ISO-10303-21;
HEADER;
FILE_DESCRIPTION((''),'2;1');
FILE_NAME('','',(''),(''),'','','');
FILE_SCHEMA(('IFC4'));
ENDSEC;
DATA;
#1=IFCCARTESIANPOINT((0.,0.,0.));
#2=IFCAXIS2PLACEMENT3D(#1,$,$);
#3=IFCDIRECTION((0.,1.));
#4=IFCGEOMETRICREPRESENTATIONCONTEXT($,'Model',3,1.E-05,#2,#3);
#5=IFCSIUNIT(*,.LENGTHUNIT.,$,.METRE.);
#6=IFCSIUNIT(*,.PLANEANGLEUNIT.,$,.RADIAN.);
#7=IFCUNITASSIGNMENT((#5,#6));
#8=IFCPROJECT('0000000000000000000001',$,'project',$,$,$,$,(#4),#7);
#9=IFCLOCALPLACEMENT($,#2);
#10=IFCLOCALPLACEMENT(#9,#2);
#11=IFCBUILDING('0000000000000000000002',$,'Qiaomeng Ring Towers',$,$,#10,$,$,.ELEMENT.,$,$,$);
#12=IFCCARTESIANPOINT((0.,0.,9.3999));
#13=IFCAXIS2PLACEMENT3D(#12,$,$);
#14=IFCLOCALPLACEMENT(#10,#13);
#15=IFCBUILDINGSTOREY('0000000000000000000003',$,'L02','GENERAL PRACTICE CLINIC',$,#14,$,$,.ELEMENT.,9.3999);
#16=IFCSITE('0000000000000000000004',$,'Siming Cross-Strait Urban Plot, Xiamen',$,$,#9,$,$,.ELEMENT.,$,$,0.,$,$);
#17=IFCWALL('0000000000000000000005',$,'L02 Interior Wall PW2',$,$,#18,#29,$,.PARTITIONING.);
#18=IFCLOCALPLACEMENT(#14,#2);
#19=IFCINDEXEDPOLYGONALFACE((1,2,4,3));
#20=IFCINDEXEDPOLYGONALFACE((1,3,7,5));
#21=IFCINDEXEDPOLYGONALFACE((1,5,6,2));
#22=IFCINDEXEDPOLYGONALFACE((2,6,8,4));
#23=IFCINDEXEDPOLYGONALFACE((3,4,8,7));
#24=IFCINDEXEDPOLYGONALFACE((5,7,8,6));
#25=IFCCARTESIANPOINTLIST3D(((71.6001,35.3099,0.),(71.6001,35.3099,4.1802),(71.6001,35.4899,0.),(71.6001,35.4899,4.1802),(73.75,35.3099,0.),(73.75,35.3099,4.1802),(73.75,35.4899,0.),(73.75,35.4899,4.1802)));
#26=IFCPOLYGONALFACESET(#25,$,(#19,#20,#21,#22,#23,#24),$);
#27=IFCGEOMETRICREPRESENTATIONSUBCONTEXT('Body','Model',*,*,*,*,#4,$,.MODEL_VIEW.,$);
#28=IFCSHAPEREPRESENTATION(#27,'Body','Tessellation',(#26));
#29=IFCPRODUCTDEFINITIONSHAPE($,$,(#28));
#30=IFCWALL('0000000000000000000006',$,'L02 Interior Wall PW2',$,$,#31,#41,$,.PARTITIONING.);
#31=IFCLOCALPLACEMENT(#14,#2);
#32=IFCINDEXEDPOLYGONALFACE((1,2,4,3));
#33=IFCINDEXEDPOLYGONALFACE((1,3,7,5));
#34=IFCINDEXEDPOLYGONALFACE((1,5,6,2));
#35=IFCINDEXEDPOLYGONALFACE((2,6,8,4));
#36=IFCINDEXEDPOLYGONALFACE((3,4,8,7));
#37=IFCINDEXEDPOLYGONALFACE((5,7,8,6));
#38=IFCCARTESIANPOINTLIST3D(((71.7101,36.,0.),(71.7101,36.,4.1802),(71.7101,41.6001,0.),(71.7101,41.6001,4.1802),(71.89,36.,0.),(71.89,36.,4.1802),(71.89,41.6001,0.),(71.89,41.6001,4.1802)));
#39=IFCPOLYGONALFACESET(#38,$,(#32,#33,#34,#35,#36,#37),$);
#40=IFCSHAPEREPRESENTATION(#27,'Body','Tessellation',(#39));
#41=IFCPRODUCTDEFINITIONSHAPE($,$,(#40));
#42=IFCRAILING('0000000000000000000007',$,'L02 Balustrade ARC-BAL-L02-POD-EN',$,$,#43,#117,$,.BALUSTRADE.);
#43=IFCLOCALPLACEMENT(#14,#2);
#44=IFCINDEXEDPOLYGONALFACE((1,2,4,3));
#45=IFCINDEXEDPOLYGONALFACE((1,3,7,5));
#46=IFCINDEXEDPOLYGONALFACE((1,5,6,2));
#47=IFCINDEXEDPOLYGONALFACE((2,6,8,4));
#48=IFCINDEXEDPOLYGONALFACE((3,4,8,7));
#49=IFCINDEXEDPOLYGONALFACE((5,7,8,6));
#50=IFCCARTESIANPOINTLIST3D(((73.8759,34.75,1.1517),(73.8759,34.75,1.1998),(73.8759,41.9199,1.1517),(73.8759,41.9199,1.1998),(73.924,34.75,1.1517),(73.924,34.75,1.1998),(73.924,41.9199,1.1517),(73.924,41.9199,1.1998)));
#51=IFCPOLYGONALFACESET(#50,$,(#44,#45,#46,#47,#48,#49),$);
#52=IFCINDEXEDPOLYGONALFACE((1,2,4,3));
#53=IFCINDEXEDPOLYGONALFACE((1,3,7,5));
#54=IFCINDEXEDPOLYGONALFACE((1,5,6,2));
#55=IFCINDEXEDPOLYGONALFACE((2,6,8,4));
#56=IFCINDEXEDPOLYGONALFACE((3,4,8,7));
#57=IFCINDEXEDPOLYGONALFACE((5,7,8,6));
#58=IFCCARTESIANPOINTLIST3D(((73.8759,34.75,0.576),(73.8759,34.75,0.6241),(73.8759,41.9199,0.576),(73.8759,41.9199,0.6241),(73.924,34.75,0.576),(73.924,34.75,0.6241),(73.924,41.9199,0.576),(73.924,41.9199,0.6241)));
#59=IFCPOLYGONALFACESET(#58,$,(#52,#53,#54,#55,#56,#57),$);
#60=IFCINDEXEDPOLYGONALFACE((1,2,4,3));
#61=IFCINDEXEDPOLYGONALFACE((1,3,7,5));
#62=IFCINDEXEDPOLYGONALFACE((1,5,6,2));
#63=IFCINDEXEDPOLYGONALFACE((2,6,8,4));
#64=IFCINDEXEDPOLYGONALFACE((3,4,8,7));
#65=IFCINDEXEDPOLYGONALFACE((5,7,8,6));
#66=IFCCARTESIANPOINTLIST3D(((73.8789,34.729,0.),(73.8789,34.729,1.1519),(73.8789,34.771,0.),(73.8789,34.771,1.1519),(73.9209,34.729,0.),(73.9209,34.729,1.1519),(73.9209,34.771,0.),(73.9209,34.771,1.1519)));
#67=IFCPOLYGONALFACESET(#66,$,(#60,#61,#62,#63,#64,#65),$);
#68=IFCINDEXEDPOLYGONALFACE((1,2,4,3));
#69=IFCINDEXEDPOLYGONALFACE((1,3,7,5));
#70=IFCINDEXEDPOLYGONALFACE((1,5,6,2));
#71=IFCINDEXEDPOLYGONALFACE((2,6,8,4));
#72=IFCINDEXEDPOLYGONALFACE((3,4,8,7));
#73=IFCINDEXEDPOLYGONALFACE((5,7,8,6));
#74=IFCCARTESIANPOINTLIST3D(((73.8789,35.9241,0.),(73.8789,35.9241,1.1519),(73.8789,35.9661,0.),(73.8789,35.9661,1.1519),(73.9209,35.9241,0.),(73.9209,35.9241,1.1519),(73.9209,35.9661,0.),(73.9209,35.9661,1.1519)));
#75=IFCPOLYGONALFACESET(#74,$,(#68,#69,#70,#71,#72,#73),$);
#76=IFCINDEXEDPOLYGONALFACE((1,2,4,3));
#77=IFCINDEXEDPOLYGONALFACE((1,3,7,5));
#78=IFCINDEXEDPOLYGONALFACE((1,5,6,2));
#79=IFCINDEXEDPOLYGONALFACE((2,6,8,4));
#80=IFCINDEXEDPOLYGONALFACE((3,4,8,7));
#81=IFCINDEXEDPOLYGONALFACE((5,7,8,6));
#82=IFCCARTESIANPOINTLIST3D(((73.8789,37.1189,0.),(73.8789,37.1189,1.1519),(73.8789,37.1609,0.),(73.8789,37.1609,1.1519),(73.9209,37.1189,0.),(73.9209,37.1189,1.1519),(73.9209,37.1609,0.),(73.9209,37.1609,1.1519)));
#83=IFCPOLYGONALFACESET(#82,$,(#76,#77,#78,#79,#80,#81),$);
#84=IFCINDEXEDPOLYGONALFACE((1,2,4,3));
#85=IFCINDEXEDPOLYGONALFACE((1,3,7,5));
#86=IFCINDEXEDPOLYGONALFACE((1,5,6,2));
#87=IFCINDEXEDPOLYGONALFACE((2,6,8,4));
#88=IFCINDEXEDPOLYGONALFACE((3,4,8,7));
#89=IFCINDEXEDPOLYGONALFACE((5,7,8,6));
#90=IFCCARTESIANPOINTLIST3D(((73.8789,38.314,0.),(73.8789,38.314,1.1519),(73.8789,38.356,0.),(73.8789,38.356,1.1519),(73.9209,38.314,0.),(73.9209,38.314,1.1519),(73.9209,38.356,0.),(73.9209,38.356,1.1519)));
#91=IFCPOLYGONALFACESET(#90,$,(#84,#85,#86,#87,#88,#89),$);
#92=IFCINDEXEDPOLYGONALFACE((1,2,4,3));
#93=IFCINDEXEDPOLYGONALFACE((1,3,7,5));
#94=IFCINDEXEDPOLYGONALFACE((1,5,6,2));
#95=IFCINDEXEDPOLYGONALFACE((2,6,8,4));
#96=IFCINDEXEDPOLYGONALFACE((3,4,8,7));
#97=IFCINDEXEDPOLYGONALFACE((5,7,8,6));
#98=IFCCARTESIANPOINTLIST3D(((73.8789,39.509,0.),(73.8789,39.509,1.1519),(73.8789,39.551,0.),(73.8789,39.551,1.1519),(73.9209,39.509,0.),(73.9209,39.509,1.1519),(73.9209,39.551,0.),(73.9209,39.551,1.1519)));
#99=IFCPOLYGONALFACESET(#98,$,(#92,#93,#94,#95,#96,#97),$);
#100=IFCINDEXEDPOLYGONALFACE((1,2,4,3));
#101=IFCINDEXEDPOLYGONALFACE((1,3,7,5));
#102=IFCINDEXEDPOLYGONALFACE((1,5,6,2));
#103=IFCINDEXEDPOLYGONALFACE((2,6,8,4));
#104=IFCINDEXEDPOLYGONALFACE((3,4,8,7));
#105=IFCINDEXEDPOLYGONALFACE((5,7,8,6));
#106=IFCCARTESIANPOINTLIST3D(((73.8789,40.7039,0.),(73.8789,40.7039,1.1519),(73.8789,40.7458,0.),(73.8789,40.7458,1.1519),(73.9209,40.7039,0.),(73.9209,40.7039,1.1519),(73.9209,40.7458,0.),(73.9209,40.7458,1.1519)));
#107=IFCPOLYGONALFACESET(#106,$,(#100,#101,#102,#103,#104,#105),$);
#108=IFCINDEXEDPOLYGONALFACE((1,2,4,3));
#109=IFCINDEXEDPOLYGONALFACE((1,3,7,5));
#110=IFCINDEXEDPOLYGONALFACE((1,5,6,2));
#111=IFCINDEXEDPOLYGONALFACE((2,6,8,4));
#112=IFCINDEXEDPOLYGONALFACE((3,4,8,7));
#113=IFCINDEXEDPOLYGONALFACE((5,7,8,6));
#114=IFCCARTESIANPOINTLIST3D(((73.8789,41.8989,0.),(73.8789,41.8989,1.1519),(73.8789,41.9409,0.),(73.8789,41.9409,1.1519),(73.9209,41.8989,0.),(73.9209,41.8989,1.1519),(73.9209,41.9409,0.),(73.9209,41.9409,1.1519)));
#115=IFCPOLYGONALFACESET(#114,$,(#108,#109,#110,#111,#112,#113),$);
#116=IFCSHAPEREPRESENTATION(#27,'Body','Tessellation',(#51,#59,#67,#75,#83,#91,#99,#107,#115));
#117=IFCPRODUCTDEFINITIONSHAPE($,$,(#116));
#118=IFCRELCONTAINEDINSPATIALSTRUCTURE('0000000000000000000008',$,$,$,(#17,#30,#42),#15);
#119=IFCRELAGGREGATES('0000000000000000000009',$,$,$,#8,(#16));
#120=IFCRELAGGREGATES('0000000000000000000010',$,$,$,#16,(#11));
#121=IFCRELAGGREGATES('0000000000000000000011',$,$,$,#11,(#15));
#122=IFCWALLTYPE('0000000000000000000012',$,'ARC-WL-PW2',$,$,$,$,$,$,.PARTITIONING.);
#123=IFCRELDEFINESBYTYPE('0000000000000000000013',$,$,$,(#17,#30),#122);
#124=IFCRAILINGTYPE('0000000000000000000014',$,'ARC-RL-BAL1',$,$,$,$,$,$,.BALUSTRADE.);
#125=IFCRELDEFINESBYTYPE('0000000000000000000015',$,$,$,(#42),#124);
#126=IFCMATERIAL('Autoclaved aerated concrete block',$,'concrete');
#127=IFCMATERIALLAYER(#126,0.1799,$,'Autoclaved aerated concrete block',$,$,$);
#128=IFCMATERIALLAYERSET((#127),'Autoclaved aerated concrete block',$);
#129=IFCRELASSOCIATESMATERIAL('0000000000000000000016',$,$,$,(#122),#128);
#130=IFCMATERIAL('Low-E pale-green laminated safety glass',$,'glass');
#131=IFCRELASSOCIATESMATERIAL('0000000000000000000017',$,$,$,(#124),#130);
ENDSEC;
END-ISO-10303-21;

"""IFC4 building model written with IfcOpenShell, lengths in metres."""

from ifc_helpers import new_model, si_unit, direction, frame, frame_2d, origin, origin_2d, place, context, subcontext, project, spatial, rectangle, extrude, material, layer, layer_set, type_object, element, save


model = new_model("IFC4")

# Units and contexts
model_context = context("Model", 3, precision=1e-05, world=origin(), true_north=direction((0.0, 1.0)))
body_context = subcontext(model_context, "Body", "Model", "MODEL_VIEW")
ifc_project = project(units=[si_unit("LENGTHUNIT", "METRE"), si_unit("PLANEANGLEUNIT", "RADIAN")], contexts=[model_context])

# Site, building, storey
site_placement = place(None, origin())
site = spatial("IfcSite", under=ifc_project, at=site_placement, Name="Siming Cross-Strait Urban Plot, Xiamen", CompositionType="ELEMENT", RefElevation=0.0)
building_placement = place(site_placement, origin())
building = spatial("IfcBuilding", under=site, at=building_placement, Name="Qiaomeng Ring Towers", CompositionType="ELEMENT")
storey_placement = place(building_placement, frame((0.0, 0.0, 9.3999)))
storey = spatial("IfcBuildingStorey", under=building, at=storey_placement, Name="L02", Description="GENERAL PRACTICE CLINIC", CompositionType="ELEMENT", Elevation=9.3999)

# Shared definitions
ifc_material_1 = material(Name="Low-E pale-green laminated safety glass", Category="glass")

# Shared definitions
ifc_material_2 = material(Name="Autoclaved aerated concrete block", Category="concrete")

# Walls
ifc_layer_1 = layer(ifc_material_2, 0.1799, Name="Autoclaved aerated concrete block")
ifc_layer_set_1 = layer_set([ifc_layer_1], Name="Autoclaved aerated concrete block")
wall_type_1 = type_object("IfcWallType", Name="ARC-WL-PW2", PredefinedType="PARTITIONING", material=ifc_layer_set_1)
wall_1_placement = place(storey_placement, frame((71.6001, 35.3999, 0.0), z_axis=(0.0, 0.0, 1.0), x_axis=(1.0, 0.0, 0.0)))
element("IfcWall", 1, at=wall_1_placement, inside=storey, type_object=wall_type_1, Name="L02 Interior Wall PW2", PredefinedType="PARTITIONING", context=body_context, shape_type="SweptSolid", body=[
    extrude(rectangle(XDim=2.1499, YDim=0.1799, at=frame_2d((1.075, 0.0))), origin(), (0.0, 0.0, 1.0), 4.1802),
])
wall_2_placement = place(storey_placement, frame((71.8, 36.0, 0.0), z_axis=(0.0, 0.0, 1.0), x_axis=(0.0, 1.0, 0.0)))
element("IfcWall", 2, at=wall_2_placement, inside=storey, type_object=wall_type_1, Name="L02 Interior Wall PW2", PredefinedType="PARTITIONING", context=body_context, shape_type="SweptSolid", body=[
    extrude(rectangle(XDim=5.6001, YDim=0.1799, at=frame_2d((2.8, 0.0))), origin(), (0.0, 0.0, 1.0), 4.1802),
])

# Railing
railing_type = type_object("IfcRailingType", Name="ARC-RL-BAL1", PredefinedType="BALUSTRADE", material=ifc_material_1)
railing_placement = place(storey_placement, frame((73.8999, 34.75, 0.0)))
element("IfcRailing", 3, at=railing_placement, inside=storey, type_object=railing_type, Name="L02 Balustrade ARC-BAL-L02-POD-EN", PredefinedType="BALUSTRADE", context=body_context, shape_type="SweptSolid", body=[
    extrude(rectangle(XDim=0.0481, YDim=0.0481, at=origin_2d()), frame((0.0, 0.0, 1.1758), z_axis=(0.0, 1.0, 0.0), x_axis=(-1.0, 0.0, 0.0)), (0.0, 0.0, 1.0), 7.1699),
    extrude(rectangle(XDim=0.0481, YDim=0.0481, at=origin_2d()), frame((0.0, 0.0, 0.6001), z_axis=(0.0, 1.0, 0.0), x_axis=(-1.0, 0.0, 0.0)), (0.0, 0.0, 1.0), 7.1699),
    extrude(rectangle(XDim=0.042, YDim=0.042, at=origin_2d()), origin(), (0.0, 0.0, 1.0), 1.1519),
    extrude(rectangle(XDim=0.042, YDim=0.042, at=origin_2d()), frame((0.0, 1.1951, 0.0)), (0.0, 0.0, 1.0), 1.1519),
    extrude(rectangle(XDim=0.042, YDim=0.042, at=origin_2d()), frame((0.0, 2.3899, 0.0)), (0.0, 0.0, 1.0), 1.1519),
    extrude(rectangle(XDim=0.042, YDim=0.042, at=origin_2d()), frame((0.0, 3.585, 0.0)), (0.0, 0.0, 1.0), 1.1519),
    extrude(rectangle(XDim=0.042, YDim=0.042, at=origin_2d()), frame((0.0, 4.78, 0.0)), (0.0, 0.0, 1.0), 1.1519),
    extrude(rectangle(XDim=0.042, YDim=0.042, at=origin_2d()), frame((0.0, 5.9749, 0.0)), (0.0, 0.0, 1.0), 1.1519),
    extrude(rectangle(XDim=0.042, YDim=0.042, at=origin_2d()), frame((0.0, 7.1699, 0.0)), (0.0, 0.0, 1.0), 1.1519),
])

save(model, "model.ifc")
